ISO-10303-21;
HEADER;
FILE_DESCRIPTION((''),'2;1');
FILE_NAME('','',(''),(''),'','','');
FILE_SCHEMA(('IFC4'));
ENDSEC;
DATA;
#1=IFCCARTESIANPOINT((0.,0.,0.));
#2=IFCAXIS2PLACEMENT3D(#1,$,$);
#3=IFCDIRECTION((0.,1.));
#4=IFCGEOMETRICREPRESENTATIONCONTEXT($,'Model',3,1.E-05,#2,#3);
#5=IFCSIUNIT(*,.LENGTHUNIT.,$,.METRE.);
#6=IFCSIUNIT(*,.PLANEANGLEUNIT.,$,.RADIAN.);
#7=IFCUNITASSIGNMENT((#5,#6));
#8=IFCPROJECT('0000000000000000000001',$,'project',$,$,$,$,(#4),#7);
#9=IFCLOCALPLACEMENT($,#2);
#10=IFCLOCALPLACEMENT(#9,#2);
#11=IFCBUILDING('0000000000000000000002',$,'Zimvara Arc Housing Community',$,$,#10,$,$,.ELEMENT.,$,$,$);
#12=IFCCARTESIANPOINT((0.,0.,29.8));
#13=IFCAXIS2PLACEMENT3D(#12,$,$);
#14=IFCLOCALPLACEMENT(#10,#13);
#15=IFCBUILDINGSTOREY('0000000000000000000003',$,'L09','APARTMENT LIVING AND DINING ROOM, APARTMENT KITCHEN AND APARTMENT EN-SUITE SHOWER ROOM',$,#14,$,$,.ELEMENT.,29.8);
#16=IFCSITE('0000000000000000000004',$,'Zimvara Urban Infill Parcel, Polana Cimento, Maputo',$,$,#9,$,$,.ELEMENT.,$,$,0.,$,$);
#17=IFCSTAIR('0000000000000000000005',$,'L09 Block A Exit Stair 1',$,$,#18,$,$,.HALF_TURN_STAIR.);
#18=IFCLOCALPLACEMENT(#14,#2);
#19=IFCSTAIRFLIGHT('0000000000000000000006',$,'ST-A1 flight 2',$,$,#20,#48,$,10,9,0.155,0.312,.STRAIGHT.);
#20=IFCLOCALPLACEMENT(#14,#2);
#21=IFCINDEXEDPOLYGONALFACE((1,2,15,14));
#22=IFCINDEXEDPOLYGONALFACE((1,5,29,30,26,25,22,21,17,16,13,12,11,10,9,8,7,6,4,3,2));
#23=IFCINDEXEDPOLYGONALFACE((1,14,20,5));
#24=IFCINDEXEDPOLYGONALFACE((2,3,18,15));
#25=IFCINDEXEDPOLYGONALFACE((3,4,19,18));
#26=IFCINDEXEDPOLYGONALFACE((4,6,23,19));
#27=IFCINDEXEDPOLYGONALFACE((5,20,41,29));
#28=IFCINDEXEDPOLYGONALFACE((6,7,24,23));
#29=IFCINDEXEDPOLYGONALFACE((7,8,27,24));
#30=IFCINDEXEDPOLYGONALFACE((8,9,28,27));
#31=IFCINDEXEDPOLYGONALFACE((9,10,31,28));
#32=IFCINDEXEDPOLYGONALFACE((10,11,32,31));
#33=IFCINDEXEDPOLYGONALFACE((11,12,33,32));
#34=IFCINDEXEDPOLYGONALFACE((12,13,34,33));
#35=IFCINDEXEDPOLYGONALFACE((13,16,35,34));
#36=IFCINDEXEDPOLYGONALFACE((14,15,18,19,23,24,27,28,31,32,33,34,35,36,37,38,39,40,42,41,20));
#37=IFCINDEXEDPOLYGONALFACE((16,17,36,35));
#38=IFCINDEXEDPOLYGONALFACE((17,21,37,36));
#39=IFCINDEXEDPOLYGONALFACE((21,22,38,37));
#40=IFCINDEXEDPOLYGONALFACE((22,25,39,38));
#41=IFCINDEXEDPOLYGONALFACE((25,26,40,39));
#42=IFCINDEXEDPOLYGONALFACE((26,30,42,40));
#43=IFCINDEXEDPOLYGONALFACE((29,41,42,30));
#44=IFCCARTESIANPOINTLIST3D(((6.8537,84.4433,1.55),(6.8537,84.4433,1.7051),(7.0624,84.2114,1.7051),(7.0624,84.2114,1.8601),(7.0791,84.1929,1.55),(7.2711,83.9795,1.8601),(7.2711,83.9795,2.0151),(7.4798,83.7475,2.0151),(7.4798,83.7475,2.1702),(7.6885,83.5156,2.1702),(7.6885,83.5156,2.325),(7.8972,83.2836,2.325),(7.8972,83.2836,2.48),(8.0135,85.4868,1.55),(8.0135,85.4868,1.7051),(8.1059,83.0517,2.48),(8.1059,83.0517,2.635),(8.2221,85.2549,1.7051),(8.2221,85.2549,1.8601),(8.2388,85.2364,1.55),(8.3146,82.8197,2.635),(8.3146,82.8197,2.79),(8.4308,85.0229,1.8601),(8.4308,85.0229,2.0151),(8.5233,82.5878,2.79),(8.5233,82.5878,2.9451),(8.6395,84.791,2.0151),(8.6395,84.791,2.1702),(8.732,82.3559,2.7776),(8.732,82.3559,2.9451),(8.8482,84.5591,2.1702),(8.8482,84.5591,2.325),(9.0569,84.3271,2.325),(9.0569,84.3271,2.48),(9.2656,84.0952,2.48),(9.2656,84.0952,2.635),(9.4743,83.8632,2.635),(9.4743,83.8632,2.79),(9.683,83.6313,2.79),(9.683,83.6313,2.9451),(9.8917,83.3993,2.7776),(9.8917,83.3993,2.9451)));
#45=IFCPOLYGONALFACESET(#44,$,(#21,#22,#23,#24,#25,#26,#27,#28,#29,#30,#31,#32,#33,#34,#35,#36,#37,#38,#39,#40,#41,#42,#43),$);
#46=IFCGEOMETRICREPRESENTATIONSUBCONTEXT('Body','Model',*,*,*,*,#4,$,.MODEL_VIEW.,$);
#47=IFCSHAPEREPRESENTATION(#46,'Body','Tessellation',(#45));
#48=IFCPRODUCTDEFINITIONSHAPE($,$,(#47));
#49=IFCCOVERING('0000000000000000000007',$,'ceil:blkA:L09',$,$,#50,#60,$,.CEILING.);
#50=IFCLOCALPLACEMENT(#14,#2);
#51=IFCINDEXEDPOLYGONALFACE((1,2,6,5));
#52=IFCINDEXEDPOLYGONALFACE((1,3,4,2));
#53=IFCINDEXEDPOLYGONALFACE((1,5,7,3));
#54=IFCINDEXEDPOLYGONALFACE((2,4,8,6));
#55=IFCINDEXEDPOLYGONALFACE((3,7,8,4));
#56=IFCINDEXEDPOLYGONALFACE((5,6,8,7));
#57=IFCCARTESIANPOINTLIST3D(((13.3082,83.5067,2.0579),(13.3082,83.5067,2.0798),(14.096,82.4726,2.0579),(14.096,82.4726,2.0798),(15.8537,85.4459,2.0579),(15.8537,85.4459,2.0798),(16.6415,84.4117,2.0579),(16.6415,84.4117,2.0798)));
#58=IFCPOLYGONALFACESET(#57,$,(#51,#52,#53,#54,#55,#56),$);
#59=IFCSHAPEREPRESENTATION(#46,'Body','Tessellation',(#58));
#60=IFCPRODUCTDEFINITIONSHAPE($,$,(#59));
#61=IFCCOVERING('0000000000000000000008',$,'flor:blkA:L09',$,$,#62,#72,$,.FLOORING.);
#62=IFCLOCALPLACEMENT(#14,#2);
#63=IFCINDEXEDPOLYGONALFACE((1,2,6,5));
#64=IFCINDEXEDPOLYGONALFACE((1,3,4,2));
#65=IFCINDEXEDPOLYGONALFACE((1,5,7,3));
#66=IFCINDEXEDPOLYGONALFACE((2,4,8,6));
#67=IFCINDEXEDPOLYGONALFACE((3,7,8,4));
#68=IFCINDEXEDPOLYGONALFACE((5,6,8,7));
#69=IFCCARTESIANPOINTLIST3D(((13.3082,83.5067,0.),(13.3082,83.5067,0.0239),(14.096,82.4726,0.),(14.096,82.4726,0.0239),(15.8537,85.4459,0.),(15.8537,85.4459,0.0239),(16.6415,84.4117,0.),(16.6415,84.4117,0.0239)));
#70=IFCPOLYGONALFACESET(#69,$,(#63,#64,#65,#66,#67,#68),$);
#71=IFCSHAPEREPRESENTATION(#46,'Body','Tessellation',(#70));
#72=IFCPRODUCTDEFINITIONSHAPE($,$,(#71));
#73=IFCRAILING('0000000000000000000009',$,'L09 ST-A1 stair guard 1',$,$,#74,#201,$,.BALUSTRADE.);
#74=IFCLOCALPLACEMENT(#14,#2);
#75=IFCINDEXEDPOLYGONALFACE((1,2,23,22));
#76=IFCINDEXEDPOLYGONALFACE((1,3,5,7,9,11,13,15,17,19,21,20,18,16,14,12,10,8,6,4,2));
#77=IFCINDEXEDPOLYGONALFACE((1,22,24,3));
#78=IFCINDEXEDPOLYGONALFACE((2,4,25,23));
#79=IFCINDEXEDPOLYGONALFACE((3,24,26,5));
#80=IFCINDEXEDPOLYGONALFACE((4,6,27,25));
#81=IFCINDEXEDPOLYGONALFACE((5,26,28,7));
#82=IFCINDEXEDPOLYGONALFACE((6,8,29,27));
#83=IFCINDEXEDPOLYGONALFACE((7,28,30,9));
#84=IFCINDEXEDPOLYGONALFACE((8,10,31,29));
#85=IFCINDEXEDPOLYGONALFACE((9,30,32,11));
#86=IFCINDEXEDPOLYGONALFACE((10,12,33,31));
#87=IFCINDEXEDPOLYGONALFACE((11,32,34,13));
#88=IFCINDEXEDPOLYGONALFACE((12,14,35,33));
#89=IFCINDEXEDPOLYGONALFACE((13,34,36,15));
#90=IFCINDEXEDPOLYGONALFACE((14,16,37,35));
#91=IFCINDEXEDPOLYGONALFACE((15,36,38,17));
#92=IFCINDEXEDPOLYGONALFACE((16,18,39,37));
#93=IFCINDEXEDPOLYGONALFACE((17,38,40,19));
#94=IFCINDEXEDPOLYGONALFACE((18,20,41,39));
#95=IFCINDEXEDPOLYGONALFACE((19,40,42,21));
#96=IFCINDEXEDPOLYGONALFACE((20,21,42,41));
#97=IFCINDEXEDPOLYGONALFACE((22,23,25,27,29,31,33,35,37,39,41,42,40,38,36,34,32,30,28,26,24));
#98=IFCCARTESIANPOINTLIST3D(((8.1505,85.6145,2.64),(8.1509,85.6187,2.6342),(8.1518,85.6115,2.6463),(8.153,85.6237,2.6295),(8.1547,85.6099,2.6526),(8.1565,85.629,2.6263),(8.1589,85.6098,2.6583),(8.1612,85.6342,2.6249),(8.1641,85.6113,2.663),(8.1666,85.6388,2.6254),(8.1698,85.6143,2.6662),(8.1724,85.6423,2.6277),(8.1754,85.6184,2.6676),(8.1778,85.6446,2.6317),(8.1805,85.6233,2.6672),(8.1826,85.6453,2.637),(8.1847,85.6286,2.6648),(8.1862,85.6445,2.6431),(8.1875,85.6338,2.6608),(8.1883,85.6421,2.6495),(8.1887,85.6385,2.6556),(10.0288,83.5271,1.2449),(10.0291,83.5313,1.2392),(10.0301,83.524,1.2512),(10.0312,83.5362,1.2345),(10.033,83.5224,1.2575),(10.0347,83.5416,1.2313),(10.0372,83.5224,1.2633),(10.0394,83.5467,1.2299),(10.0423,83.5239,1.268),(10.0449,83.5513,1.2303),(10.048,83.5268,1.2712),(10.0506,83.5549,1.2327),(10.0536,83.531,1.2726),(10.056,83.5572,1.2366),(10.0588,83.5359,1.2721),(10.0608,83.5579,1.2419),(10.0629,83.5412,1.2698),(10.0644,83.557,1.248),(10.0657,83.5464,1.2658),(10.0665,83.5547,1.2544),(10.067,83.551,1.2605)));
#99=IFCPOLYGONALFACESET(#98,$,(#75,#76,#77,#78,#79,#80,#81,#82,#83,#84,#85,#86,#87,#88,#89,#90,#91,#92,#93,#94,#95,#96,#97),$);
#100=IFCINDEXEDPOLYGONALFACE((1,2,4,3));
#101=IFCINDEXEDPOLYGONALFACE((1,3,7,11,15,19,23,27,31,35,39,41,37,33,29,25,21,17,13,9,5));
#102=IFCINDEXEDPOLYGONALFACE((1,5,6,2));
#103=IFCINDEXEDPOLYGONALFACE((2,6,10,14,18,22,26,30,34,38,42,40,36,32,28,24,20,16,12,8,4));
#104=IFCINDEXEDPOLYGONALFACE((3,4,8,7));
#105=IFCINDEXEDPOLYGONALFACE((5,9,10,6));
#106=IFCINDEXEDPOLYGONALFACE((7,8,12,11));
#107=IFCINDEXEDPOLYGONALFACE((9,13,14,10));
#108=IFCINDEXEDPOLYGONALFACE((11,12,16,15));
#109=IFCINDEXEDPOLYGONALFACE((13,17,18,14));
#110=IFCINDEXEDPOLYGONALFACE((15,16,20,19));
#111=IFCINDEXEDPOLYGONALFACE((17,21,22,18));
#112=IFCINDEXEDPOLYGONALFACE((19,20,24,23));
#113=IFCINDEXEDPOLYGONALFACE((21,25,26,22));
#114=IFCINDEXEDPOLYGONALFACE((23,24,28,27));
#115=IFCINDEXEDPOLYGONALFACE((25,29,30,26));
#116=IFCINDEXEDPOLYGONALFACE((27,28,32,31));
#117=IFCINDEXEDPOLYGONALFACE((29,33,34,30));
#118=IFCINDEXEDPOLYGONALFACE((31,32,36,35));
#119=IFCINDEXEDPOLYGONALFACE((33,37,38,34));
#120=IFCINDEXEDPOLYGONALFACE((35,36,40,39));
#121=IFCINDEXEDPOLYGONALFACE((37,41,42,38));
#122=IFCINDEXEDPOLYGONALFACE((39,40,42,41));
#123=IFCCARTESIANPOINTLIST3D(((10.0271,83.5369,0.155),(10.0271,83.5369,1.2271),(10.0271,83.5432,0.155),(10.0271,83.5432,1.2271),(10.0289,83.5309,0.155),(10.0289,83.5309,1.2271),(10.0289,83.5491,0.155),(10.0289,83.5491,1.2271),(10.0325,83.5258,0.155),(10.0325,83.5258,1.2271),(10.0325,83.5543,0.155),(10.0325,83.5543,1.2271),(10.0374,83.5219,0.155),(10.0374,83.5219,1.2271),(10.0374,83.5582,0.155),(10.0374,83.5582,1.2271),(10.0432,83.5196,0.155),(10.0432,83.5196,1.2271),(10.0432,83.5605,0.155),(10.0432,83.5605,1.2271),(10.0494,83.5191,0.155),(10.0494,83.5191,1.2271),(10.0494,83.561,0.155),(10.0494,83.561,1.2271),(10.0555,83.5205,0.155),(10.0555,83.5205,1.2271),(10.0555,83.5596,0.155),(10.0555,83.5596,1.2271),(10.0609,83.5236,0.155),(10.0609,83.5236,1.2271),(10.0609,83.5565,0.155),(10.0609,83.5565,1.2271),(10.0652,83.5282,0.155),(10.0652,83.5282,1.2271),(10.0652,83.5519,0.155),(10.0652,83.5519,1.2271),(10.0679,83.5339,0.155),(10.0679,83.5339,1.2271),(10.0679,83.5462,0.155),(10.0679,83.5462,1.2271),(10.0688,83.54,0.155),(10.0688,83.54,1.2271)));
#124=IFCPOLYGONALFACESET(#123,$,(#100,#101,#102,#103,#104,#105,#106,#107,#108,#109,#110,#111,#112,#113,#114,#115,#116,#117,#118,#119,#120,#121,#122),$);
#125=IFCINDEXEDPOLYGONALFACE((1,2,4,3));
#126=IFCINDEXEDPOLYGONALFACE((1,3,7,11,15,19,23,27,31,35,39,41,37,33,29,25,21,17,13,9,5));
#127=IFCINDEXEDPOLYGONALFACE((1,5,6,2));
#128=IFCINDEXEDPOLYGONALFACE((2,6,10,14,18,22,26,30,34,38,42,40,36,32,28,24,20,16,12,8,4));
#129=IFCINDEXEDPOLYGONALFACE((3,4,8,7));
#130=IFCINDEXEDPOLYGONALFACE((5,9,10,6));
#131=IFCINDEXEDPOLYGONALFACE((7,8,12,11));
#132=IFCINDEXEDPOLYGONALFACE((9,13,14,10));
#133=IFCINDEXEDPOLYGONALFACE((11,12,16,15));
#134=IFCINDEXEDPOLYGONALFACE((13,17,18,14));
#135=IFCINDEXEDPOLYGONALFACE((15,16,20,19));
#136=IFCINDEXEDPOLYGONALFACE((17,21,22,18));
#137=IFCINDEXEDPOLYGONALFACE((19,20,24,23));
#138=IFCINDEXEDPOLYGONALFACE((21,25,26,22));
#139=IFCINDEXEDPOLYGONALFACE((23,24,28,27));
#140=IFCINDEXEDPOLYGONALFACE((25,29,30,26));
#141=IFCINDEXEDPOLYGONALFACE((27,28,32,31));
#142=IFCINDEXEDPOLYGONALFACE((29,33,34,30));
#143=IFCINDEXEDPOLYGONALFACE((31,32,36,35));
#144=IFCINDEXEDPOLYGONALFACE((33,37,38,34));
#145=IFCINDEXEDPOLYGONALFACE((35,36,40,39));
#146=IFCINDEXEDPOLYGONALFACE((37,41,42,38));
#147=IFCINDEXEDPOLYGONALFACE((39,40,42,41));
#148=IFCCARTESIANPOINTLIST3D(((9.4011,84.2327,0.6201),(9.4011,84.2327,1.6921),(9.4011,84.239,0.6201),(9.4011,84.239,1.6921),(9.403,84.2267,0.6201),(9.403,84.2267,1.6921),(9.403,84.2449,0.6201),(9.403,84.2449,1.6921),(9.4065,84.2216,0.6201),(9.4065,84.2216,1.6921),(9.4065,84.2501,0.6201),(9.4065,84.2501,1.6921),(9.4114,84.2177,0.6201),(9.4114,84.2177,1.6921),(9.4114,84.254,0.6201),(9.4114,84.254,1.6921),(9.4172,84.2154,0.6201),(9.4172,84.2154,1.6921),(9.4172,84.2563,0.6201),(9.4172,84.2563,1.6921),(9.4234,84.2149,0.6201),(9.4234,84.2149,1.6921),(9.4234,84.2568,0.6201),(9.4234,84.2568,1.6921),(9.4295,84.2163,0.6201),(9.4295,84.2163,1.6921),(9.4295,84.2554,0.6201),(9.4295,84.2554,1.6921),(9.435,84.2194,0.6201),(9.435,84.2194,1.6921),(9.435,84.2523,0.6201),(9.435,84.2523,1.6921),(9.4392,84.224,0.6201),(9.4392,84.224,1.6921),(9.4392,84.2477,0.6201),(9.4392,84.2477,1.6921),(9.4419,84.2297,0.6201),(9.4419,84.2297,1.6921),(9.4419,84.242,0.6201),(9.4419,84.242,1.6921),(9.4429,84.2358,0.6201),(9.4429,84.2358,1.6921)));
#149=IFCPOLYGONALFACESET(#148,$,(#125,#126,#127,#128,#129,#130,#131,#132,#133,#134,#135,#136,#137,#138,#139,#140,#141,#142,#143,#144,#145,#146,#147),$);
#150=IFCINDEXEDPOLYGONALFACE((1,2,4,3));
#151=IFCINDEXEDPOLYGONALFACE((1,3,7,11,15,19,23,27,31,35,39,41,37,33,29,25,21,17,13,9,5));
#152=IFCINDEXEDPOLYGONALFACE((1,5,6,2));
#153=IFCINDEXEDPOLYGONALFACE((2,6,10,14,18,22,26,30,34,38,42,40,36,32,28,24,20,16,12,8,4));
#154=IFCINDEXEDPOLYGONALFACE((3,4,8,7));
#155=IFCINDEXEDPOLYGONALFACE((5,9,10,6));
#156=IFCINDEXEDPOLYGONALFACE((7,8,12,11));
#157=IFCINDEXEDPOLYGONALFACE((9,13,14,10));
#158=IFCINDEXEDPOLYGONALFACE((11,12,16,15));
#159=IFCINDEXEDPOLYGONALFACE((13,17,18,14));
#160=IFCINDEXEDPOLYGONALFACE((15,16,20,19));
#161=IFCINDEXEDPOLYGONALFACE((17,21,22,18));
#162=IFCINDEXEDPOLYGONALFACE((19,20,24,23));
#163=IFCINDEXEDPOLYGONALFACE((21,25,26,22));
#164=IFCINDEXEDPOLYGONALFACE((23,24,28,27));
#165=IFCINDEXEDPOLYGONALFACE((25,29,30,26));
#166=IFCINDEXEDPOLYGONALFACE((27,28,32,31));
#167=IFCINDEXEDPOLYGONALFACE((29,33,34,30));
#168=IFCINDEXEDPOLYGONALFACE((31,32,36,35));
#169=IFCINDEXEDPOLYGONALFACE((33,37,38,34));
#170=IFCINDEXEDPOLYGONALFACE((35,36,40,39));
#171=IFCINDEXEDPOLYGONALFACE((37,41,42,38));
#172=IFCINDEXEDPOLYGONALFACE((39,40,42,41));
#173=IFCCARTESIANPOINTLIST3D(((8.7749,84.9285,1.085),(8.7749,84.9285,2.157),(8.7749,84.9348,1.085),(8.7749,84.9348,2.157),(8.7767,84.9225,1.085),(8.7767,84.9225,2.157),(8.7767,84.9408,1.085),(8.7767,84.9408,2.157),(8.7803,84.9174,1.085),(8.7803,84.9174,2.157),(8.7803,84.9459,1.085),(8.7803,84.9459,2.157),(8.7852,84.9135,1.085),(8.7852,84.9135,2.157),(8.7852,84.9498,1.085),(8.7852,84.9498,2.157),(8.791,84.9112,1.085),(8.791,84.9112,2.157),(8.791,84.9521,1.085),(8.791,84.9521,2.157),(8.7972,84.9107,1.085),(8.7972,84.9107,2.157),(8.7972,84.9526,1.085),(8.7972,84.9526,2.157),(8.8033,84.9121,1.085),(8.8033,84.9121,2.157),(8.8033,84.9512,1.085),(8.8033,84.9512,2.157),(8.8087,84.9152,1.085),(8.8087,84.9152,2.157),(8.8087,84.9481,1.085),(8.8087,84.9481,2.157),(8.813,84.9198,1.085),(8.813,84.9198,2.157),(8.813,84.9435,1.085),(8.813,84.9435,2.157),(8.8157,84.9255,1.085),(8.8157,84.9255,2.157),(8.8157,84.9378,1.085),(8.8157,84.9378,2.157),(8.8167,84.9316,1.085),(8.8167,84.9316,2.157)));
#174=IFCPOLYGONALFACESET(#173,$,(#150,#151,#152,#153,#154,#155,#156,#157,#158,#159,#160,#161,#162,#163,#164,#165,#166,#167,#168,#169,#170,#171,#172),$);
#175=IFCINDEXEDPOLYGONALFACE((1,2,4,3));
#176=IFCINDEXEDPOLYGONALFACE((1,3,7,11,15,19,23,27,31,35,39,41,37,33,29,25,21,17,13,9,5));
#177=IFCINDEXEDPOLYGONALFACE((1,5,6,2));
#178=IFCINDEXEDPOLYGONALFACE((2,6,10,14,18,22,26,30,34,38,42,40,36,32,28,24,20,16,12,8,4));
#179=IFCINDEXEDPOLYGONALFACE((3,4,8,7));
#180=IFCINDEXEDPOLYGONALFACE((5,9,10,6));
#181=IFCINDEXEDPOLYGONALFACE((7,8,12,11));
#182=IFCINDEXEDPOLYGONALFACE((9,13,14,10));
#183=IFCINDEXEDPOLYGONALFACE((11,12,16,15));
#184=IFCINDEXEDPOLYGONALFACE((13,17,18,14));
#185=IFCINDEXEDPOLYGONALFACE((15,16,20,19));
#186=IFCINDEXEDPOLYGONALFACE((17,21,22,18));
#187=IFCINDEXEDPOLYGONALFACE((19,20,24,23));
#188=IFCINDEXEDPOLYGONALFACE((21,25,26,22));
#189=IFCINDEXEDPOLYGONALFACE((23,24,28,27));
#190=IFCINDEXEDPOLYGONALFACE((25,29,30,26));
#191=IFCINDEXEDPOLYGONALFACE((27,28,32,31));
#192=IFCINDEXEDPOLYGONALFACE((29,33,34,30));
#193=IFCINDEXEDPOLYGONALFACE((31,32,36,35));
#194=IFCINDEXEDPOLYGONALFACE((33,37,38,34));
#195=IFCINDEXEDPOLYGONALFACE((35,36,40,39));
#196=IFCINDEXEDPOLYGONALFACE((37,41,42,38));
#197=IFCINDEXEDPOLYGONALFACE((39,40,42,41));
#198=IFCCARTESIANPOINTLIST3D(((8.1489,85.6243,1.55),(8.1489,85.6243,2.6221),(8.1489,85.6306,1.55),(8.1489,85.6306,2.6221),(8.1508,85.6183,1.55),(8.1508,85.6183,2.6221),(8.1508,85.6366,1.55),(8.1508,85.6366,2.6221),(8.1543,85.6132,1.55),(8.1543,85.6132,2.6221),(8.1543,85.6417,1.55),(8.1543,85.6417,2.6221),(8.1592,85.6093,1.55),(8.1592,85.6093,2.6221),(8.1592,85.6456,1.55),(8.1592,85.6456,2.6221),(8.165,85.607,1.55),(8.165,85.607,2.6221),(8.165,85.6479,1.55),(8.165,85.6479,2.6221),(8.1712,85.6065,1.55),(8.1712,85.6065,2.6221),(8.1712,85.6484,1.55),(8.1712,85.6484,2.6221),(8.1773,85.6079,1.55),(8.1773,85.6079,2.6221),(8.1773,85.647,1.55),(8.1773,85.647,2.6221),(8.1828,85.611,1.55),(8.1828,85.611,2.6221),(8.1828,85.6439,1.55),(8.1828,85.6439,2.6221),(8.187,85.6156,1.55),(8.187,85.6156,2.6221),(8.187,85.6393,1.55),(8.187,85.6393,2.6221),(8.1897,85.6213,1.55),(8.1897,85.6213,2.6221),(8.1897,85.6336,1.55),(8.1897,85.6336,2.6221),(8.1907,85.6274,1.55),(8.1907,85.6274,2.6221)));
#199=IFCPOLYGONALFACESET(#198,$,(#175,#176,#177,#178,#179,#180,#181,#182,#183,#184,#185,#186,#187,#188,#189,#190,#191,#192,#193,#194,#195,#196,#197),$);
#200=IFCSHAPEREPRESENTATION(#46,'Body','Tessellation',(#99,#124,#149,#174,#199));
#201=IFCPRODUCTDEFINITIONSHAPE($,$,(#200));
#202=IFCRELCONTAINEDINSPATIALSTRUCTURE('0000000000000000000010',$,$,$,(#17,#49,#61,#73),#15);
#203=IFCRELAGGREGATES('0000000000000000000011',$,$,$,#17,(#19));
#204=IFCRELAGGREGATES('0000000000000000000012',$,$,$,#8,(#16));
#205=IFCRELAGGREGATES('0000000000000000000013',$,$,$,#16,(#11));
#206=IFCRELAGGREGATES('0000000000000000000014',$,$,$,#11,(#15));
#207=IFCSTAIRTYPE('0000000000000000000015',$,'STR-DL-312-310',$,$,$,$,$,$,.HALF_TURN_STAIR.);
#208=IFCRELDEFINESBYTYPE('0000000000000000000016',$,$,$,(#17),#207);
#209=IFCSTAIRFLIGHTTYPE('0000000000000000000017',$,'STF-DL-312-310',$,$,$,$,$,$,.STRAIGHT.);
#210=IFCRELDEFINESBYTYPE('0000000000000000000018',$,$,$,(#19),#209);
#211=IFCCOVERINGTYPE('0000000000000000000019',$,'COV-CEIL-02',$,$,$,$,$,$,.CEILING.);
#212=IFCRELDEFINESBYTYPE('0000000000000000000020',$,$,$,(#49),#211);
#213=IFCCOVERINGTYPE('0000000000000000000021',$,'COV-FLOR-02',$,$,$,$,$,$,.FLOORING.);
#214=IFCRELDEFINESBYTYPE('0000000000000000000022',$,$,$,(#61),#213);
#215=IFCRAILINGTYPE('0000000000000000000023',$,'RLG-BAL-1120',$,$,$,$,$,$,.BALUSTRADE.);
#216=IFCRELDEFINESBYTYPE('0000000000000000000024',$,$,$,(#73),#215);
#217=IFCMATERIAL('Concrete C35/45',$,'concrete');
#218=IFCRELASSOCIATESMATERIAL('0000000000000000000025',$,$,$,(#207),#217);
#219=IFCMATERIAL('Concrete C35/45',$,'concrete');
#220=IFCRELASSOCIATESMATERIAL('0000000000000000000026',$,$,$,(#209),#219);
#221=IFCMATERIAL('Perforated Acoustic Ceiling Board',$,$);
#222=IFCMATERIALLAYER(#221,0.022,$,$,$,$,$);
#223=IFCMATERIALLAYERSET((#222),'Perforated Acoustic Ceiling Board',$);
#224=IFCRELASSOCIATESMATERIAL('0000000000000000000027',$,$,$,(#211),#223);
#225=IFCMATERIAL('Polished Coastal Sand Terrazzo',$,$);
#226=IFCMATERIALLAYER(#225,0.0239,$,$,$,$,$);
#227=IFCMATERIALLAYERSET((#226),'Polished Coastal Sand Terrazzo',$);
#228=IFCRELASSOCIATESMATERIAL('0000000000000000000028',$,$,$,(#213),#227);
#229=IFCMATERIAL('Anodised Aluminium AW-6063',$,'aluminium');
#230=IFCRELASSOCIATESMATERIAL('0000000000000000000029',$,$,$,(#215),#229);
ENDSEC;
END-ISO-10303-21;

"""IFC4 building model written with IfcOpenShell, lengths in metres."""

from ifc_helpers import new_model, si_unit, direction, frame, origin, origin_2d, place, context, subcontext, project, spatial, polyline, rectangle, circle, outline, extrude, material, layer, layer_set, type_object, element, aggregate, save


model = new_model("IFC4")

# Units and contexts
model_context = context("Model", 3, precision=1e-05, world=origin(), true_north=direction((0.0, 1.0)))
body_context = subcontext(model_context, "Body", "Model", "MODEL_VIEW")
ifc_project = project(units=[si_unit("LENGTHUNIT", "METRE"), si_unit("PLANEANGLEUNIT", "RADIAN")], contexts=[model_context])

# Site, building, storey
site_placement = place(None, origin())
site = spatial("IfcSite", under=ifc_project, at=site_placement, Name="Zimvara Urban Infill Parcel, Polana Cimento, Maputo", CompositionType="ELEMENT", RefElevation=0.0)
building_placement = place(site_placement, origin())
building = spatial("IfcBuilding", under=site, at=building_placement, Name="Zimvara Arc Housing Community", CompositionType="ELEMENT")
storey_placement = place(building_placement, frame((0.0, 0.0, 29.8)))
storey = spatial("IfcBuildingStorey", under=building, at=storey_placement, Name="L09", Description="APARTMENT LIVING AND DINING ROOM, APARTMENT KITCHEN AND APARTMENT EN-SUITE SHOWER ROOM", CompositionType="ELEMENT", Elevation=29.8)

# Stair, stair flight
ifc_material_1 = material(Name="Concrete C35/45", Category="concrete")
stair_type = type_object("IfcStairType", Name="STR-DL-312-310", PredefinedType="HALF_TURN_STAIR", material=ifc_material_1)
stair_placement = place(storey_placement, origin())
stair = element("IfcStair", 1, at=stair_placement, inside=storey, type_object=stair_type, Name="L09 Block A Exit Stair 1", PredefinedType="HALF_TURN_STAIR")
ifc_material_2 = material(Name="Concrete C35/45", Category="concrete")
stair_flight_type = type_object("IfcStairFlightType", Name="STF-DL-312-310", PredefinedType="STRAIGHT", material=ifc_material_2)
stair_flight_1_placement = place(storey_placement, frame((7.4336, 84.9651, 1.55), z_axis=(0.0, 0.0, 1.0), x_axis=(0.668871, -0.743378, 0.0)))
stair_flight_1 = element("IfcStairFlight", 2, at=stair_flight_1_placement, type_object=stair_flight_type, Name="ST-A1 flight 2", NumberOfRisers=10, NumberOfTreads=9, PredefinedType="STRAIGHT", RiserHeight=0.155, TreadLength=0.312, context=body_context, shape_type="SweptSolid", body=[
    extrude(outline(polyline([(0.0, 0.0), (0.0, 0.155), (0.312, 0.155), (0.312, 0.3101), (0.624, 0.3101), (0.624, 0.4651), (0.936, 0.4651), (0.936, 0.6201), (1.248, 0.6201), (1.248, 0.7749), (1.5601, 0.7749), (1.5601, 0.9299), (1.8721, 0.9299), (1.8721, 1.085), (2.1841, 1.085), (2.1841, 1.24), (2.4961, 1.24), (2.4961, 1.395), (2.8081, 1.395), (2.8081, 1.55), (2.8081, 1.2275), (0.3369, 0.0), (0.0, 0.0)])), frame((0.0, 0.78, 0.0), z_axis=(0.0, -1.0, 0.0), x_axis=(1.0, 0.0, 0.0)), (0.0, 0.0, 1.0), 1.5601),
])
aggregate(stair, [stair_flight_1])

# Coverings
ifc_material_3 = material(Name="Perforated Acoustic Ceiling Board")
ifc_layer_1 = layer(ifc_material_3, 0.022)
ifc_layer_set_1 = layer_set([ifc_layer_1], Name="Perforated Acoustic Ceiling Board")
covering_type_1 = type_object("IfcCoveringType", Name="COV-CEIL-02", PredefinedType="CEILING", material=ifc_layer_set_1)
covering_1_placement = place(storey_placement, frame((14.9749, 83.9592, 2.0579), z_axis=(0.0, 0.0, 1.0), x_axis=(-0.605988, 0.795473, 0.0)))
element("IfcCovering", 3, at=covering_1_placement, inside=storey, type_object=covering_type_1, Name="ceil:blkA:L09", PredefinedType="CEILING", context=body_context, shape_type="SweptSolid", body=[
    extrude(rectangle(XDim=1.3, YDim=3.2, at=origin_2d()), origin(), (0.0, 0.0, 1.0), 0.022),
])
ifc_material_4 = material(Name="Polished Coastal Sand Terrazzo")
ifc_layer_2 = layer(ifc_material_4, 0.0239)
ifc_layer_set_2 = layer_set([ifc_layer_2], Name="Polished Coastal Sand Terrazzo")
covering_type_2 = type_object("IfcCoveringType", Name="COV-FLOR-02", PredefinedType="FLOORING", material=ifc_layer_set_2)
covering_2_placement = place(storey_placement, frame((14.9749, 83.9592, 0.0), z_axis=(0.0, 0.0, 1.0), x_axis=(-0.605988, 0.795473, 0.0)))
element("IfcCovering", 4, at=covering_2_placement, inside=storey, type_object=covering_type_2, Name="flor:blkA:L09", PredefinedType="FLOORING", context=body_context, shape_type="SweptSolid", body=[
    extrude(rectangle(XDim=1.3, YDim=3.2, at=origin_2d()), origin(), (0.0, 0.0, 1.0), 0.0239),
])

# Railing
ifc_material_5 = material(Name="Anodised Aluminium AW-6063", Category="aluminium")
railing_type_1 = type_object("IfcRailingType", Name="RLG-BAL-1120", PredefinedType="BALUSTRADE", material=ifc_material_5)
railing_1_placement = place(storey_placement, frame((10.0479, 83.54, 0.155)))
element("IfcRailing", 5, at=railing_1_placement, inside=storey, type_object=railing_type_1, Name="L09 ST-A1 stair guard 1", PredefinedType="BALUSTRADE", context=body_context, shape_type="SweptSolid", body=[
    extrude(circle(Radius=0.0239, at=origin_2d()), frame((0.0, 0.0, 1.0962), z_axis=(-0.599018, 0.665749, 0.444923), x_axis=(-0.743381, -0.668869, 0.0)), (0.0, 0.0, 1.0), 3.1355),
    extrude(circle(Radius=0.021, at=origin_2d()), origin(), (0.0, 0.0, 1.0), 1.072),
    extrude(circle(Radius=0.021, at=origin_2d()), frame((-0.626, 0.6958, 0.4651)), (0.0, 0.0, 1.0), 1.072),
    extrude(circle(Radius=0.021, at=origin_2d()), frame((-1.2522, 1.3916, 0.9299)), (0.0, 0.0, 1.0), 1.072),
    extrude(circle(Radius=0.021, at=origin_2d()), frame((-1.8782, 2.0874, 1.395)), (0.0, 0.0, 1.0), 1.072),
])

save(model, "model.ifc")
